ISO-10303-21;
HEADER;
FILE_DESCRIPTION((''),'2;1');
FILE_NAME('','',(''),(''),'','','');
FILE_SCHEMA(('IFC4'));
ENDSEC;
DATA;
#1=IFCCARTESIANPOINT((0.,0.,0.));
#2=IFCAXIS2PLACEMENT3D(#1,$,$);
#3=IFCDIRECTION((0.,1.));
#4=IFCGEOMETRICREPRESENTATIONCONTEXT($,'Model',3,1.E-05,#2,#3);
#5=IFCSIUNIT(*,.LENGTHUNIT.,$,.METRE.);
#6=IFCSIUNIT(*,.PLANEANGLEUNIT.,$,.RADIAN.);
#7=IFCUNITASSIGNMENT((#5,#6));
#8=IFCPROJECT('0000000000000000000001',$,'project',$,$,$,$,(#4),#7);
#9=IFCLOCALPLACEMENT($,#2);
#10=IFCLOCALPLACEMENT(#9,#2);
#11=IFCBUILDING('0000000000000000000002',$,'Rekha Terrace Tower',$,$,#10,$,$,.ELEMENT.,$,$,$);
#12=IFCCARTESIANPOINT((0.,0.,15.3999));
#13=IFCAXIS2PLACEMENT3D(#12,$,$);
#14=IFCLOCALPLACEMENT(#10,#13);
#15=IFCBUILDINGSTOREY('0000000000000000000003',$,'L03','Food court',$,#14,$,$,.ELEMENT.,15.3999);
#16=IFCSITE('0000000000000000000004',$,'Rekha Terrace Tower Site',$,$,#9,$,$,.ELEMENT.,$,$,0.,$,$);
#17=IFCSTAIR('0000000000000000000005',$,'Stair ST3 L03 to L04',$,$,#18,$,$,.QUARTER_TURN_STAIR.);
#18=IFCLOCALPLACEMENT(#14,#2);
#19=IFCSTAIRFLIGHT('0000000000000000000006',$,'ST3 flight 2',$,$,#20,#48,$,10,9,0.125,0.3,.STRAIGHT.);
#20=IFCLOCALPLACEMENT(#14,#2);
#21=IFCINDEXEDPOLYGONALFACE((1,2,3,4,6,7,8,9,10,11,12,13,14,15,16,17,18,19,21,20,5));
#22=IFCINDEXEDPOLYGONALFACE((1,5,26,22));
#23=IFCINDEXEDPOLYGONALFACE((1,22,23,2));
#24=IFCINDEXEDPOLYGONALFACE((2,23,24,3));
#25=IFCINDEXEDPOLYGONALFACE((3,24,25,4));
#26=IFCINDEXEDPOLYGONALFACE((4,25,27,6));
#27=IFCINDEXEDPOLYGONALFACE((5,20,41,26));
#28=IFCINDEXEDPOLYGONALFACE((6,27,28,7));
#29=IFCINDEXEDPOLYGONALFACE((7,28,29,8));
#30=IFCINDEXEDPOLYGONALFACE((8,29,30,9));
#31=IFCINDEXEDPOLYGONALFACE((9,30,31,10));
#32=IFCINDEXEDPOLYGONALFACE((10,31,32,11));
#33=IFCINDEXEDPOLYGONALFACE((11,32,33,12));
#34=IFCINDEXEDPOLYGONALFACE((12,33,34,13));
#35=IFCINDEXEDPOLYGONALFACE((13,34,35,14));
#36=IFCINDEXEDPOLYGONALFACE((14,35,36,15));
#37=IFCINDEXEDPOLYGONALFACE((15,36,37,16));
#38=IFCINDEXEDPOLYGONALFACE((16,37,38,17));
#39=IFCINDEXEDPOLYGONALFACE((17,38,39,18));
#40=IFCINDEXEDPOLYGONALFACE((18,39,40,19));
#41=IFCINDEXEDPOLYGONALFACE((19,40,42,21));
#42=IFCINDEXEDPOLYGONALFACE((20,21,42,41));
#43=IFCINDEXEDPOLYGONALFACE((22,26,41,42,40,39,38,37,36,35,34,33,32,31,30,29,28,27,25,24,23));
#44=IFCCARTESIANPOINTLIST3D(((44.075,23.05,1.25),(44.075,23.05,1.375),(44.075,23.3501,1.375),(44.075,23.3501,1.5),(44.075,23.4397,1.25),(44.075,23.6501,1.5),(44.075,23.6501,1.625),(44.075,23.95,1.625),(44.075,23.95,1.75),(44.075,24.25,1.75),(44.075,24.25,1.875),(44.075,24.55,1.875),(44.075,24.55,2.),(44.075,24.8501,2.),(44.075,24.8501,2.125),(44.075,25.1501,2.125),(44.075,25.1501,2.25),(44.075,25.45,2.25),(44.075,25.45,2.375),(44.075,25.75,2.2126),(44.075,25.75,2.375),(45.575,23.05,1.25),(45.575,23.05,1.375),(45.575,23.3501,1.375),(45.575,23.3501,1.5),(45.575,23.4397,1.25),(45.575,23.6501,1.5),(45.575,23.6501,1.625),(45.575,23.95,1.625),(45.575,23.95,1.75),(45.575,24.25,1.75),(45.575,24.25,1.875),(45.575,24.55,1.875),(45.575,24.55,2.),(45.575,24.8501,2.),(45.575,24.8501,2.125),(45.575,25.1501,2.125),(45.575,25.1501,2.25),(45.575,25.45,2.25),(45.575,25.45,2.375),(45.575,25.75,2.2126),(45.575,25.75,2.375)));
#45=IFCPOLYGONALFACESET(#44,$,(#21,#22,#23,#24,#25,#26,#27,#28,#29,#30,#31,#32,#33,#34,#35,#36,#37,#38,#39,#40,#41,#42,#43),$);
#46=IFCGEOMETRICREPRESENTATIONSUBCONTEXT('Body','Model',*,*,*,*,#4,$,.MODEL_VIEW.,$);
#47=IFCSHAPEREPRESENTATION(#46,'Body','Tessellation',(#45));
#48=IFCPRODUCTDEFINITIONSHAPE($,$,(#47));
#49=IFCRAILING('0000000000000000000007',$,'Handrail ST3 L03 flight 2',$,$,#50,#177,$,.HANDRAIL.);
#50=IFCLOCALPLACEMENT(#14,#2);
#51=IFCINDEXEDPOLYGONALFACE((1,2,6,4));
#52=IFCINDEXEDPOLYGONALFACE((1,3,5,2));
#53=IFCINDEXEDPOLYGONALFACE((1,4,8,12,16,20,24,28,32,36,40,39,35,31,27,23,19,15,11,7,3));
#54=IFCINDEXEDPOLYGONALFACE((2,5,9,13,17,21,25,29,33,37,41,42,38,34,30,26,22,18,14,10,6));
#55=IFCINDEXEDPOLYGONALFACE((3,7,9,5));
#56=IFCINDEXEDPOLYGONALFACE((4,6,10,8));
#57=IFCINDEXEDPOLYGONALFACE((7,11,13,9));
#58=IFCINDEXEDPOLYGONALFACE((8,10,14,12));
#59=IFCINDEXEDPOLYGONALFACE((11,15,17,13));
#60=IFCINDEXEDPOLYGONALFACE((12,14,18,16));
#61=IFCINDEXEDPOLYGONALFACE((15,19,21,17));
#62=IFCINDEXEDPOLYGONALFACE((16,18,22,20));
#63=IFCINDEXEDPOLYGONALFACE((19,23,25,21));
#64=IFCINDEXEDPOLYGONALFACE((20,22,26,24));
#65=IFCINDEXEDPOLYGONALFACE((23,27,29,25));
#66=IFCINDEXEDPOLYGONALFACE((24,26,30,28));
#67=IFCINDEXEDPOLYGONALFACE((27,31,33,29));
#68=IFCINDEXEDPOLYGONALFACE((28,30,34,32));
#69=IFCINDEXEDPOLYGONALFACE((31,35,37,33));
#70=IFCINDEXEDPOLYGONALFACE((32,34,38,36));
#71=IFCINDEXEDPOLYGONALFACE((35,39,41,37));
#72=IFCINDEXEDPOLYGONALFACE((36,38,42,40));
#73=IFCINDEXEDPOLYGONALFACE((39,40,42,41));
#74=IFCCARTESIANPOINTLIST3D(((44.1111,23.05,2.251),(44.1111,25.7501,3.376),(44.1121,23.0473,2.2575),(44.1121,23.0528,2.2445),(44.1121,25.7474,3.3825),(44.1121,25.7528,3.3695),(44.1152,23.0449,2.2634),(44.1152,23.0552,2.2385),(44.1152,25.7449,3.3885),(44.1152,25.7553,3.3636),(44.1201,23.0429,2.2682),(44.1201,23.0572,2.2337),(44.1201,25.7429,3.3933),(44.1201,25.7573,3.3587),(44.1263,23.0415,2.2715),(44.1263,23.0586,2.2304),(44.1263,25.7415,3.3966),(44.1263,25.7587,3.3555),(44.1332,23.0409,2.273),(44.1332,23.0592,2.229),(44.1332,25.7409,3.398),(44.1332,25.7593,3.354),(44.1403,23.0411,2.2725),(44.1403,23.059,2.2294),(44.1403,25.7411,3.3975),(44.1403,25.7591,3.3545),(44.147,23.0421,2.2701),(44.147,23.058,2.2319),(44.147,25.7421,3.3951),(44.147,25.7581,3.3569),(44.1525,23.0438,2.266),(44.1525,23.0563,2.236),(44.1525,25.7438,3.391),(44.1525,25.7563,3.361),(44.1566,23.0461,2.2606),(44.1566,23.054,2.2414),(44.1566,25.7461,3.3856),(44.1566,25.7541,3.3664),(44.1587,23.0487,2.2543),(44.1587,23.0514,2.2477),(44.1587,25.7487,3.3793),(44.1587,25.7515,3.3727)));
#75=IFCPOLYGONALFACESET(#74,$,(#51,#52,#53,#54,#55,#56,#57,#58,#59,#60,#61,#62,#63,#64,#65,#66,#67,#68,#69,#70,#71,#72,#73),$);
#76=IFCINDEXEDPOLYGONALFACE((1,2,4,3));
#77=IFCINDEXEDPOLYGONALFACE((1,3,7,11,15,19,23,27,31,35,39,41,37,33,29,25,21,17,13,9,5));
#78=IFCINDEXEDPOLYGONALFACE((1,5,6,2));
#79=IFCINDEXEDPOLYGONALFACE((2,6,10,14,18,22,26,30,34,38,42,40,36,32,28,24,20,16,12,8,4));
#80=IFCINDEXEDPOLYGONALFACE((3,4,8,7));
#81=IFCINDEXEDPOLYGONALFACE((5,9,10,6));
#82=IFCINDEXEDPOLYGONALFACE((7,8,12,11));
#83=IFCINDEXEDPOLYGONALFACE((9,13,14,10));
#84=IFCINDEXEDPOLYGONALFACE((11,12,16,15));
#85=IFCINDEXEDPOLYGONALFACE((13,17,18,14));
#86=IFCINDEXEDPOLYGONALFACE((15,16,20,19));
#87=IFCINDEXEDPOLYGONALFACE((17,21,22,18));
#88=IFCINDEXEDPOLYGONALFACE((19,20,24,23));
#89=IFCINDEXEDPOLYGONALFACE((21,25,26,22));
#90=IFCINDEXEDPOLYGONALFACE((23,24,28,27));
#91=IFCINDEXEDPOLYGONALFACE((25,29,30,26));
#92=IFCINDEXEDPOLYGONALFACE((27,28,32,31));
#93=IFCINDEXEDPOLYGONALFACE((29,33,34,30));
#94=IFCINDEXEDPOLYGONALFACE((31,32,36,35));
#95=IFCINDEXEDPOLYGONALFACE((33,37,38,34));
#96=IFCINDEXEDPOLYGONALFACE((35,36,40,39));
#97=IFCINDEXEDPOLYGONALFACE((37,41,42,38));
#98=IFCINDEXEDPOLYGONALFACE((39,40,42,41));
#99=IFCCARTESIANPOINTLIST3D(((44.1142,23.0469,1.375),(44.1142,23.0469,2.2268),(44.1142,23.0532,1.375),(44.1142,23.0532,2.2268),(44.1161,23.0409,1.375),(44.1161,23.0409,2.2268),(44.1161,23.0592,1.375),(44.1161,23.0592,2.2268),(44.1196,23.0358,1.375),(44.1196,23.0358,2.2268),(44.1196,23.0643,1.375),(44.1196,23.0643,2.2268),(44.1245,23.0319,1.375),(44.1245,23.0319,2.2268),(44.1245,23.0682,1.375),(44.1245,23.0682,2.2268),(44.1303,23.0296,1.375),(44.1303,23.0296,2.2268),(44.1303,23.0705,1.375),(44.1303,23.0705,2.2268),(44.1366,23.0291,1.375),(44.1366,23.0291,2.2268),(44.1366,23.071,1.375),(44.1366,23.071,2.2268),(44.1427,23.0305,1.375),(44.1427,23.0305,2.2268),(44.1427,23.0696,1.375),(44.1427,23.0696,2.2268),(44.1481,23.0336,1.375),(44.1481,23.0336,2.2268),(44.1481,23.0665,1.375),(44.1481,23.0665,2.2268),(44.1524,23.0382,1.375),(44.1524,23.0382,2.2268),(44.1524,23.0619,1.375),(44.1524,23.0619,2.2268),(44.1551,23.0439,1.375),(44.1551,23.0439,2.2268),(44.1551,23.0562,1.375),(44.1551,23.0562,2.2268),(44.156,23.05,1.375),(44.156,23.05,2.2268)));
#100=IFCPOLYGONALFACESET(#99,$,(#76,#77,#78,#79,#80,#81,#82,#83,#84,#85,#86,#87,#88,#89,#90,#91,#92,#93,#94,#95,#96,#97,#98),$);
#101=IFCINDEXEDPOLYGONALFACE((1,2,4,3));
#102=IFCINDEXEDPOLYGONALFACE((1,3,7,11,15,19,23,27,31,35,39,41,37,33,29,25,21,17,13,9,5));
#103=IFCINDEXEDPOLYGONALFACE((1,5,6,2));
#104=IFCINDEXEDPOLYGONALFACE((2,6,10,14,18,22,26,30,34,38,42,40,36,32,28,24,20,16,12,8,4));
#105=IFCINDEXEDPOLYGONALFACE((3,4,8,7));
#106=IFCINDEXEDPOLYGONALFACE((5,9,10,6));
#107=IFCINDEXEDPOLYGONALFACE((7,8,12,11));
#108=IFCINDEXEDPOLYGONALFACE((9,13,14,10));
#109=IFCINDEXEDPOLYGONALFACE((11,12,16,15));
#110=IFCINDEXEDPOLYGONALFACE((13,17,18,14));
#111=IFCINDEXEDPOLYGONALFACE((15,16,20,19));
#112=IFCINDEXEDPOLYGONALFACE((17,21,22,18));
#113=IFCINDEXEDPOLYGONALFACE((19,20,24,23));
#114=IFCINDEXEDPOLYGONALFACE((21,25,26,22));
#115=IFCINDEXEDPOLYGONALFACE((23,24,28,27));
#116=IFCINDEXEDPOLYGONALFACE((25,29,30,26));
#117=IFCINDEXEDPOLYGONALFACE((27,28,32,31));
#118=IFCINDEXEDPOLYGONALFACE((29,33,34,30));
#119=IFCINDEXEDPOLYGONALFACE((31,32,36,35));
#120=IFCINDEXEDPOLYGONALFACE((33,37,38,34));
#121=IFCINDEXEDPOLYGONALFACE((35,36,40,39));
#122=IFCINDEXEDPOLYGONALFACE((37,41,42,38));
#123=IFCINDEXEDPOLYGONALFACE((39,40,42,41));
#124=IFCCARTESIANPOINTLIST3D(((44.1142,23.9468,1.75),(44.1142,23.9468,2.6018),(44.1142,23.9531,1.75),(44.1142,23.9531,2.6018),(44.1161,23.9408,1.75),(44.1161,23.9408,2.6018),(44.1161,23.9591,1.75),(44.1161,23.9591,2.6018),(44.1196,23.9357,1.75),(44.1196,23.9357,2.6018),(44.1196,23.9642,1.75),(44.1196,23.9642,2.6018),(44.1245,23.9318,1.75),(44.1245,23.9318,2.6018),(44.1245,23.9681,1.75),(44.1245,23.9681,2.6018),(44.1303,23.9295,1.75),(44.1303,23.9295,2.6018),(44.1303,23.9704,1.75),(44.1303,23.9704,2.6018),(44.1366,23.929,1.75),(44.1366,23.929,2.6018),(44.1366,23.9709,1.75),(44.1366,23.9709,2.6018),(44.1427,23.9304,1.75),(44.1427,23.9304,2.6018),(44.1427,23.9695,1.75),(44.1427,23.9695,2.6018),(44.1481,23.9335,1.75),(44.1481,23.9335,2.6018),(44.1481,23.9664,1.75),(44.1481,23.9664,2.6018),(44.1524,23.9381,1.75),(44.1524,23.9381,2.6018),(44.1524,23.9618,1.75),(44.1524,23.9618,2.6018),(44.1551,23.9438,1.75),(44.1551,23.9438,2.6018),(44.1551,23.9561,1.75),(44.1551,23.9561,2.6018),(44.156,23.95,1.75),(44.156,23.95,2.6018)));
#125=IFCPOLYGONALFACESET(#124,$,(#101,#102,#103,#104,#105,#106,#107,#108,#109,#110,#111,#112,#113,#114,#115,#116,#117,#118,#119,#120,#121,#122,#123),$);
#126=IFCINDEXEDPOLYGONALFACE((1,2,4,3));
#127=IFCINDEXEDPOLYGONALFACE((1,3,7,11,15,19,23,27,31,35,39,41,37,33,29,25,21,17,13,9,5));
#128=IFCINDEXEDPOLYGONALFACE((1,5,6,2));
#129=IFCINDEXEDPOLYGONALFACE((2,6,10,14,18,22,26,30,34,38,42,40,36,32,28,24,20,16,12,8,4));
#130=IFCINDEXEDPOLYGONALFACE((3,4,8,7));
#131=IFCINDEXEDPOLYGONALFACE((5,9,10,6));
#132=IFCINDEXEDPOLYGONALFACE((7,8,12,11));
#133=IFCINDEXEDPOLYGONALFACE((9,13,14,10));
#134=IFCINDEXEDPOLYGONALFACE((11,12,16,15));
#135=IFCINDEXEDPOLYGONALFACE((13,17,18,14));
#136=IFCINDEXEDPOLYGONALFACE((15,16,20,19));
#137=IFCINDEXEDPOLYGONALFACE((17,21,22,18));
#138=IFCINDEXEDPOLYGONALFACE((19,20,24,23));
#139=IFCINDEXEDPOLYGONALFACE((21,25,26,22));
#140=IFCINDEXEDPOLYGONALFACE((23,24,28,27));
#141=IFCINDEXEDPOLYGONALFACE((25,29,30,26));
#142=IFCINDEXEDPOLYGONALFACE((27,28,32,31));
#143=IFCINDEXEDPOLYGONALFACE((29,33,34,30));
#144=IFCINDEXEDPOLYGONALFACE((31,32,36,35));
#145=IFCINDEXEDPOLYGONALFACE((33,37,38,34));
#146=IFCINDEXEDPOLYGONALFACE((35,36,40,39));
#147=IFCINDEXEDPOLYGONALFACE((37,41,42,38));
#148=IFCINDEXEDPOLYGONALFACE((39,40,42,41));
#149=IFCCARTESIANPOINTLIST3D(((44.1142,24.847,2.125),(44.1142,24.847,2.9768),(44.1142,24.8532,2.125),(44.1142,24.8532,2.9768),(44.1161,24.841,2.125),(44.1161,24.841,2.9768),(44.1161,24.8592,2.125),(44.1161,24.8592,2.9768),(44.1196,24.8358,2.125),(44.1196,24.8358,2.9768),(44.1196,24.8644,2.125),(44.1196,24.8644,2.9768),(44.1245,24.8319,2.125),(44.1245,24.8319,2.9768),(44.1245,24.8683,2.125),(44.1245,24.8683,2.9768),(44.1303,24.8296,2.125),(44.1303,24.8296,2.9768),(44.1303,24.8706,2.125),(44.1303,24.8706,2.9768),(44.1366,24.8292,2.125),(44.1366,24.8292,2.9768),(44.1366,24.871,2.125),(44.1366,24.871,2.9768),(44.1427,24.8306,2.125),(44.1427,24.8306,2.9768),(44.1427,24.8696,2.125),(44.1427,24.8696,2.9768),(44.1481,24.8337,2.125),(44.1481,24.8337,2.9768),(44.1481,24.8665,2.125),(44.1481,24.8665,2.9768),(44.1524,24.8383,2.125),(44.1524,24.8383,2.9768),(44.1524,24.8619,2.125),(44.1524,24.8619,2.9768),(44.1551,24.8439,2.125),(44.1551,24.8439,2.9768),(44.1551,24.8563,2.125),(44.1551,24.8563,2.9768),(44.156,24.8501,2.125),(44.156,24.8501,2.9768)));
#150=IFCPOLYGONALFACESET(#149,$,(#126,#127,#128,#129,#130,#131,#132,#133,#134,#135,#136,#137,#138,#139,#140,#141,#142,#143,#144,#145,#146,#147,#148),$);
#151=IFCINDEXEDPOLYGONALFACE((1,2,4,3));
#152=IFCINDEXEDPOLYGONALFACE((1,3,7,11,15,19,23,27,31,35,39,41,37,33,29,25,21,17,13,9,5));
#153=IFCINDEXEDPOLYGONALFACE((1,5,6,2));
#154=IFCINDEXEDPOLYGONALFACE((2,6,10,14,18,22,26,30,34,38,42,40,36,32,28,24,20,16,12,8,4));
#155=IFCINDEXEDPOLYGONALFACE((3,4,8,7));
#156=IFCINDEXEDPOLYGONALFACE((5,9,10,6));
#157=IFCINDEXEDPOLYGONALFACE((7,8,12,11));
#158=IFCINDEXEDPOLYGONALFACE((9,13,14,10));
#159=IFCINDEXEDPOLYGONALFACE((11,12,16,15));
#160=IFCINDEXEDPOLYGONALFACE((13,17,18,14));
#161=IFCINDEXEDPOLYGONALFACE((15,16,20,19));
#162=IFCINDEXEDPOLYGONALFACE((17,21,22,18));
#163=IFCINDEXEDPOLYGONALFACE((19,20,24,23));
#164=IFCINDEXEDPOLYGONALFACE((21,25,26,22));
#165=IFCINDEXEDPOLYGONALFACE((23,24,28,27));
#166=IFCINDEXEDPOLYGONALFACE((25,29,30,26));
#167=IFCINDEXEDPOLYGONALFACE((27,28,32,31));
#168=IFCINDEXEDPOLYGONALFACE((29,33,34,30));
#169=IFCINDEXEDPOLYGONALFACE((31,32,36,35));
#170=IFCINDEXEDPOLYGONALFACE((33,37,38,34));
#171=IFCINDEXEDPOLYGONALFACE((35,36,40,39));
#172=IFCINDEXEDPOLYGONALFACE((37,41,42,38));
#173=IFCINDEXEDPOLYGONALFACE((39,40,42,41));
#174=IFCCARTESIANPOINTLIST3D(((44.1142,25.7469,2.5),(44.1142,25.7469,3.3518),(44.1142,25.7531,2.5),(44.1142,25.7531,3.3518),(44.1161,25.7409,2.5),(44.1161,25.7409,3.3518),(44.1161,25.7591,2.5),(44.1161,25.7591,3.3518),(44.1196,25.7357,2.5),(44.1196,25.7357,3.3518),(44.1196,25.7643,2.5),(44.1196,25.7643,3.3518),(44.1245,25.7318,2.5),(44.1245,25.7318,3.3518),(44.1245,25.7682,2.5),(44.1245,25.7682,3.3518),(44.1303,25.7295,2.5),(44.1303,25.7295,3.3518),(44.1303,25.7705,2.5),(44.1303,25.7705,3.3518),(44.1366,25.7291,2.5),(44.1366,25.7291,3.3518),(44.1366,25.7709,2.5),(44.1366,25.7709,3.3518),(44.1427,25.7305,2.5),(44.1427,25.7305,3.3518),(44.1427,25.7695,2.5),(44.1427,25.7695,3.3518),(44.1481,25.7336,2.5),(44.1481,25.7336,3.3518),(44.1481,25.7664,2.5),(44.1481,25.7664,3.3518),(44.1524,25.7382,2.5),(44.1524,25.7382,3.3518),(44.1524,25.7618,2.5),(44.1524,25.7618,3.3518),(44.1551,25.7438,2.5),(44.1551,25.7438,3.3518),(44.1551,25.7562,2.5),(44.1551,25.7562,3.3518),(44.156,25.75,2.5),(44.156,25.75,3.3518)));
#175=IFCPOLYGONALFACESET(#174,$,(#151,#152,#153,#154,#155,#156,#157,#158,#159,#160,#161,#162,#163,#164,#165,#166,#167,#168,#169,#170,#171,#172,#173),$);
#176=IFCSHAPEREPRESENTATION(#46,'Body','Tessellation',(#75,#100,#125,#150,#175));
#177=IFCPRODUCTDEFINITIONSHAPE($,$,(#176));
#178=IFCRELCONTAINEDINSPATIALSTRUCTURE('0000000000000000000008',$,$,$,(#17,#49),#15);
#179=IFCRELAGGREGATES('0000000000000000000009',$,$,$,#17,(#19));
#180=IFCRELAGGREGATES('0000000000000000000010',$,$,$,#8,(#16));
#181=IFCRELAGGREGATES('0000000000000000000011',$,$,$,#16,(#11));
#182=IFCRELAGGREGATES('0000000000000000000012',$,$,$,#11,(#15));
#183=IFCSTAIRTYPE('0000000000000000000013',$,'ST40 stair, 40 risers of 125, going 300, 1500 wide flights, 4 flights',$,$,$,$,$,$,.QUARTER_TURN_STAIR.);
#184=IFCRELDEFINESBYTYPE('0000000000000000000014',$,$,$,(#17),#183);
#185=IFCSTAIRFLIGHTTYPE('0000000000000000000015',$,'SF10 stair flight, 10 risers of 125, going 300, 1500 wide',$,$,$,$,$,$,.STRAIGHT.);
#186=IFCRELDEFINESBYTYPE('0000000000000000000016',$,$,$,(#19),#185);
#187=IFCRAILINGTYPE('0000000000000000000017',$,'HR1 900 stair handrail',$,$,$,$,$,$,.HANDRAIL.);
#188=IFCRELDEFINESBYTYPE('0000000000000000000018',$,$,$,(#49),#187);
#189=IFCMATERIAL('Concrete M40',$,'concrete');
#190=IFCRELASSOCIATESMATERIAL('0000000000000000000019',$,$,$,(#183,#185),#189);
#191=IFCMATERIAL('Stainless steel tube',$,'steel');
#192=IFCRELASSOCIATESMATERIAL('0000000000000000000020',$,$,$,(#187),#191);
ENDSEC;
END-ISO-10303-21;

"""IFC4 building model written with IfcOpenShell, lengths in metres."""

from ifc_helpers import new_model, si_unit, direction, frame, origin, origin_2d, place, context, subcontext, project, spatial, polyline, circle, outline, extrude, material, type_object, element, aggregate, save


model = new_model("IFC4")

# Units and contexts
model_context = context("Model", 3, precision=1e-05, world=origin(), true_north=direction((0.0, 1.0)))
body_context = subcontext(model_context, "Body", "Model", "MODEL_VIEW")
ifc_project = project(units=[si_unit("LENGTHUNIT", "METRE"), si_unit("PLANEANGLEUNIT", "RADIAN")], contexts=[model_context])

# Site, building, storey
site_placement = place(None, origin())
site = spatial("IfcSite", under=ifc_project, at=site_placement, Name="Rekha Terrace Tower Site", CompositionType="ELEMENT", RefElevation=0.0)
building_placement = place(site_placement, origin())
building = spatial("IfcBuilding", under=site, at=building_placement, Name="Rekha Terrace Tower", CompositionType="ELEMENT")
storey_placement = place(building_placement, frame((0.0, 0.0, 15.3999)))
storey = spatial("IfcBuildingStorey", under=building, at=storey_placement, Name="L03", Description="Food court", CompositionType="ELEMENT", Elevation=15.3999)

# Stair, stair flight
ifc_material_1 = material(Name="Concrete M40", Category="concrete")
stair_type = type_object("IfcStairType", Name="ST40 stair, 40 risers of 125, going 300, 1500 wide flights, 4 flights", PredefinedType="QUARTER_TURN_STAIR", material=ifc_material_1)
stair_placement = place(storey_placement, origin())
stair = element("IfcStair", 1, at=stair_placement, inside=storey, type_object=stair_type, Name="Stair ST3 L03 to L04", PredefinedType="QUARTER_TURN_STAIR")
stair_flight_type = type_object("IfcStairFlightType", Name="SF10 stair flight, 10 risers of 125, going 300, 1500 wide", PredefinedType="STRAIGHT", material=ifc_material_1)
stair_flight_placement = place(storey_placement, frame((44.825, 23.05, 1.25), z_axis=(0.0, 0.0, 1.0), x_axis=(0.0, 1.0, 0.0)))
stair_flight = element("IfcStairFlight", 2, at=stair_flight_placement, type_object=stair_flight_type, Name="ST3 flight 2", NumberOfRisers=10, NumberOfTreads=9, PredefinedType="STRAIGHT", RiserHeight=0.125, TreadLength=0.3, context=body_context, shape_type="SweptSolid", body=[
    extrude(outline(polyline([(0.0, 0.0), (0.0, 0.125), (0.3, 0.125), (0.3, 0.25), (0.6001, 0.25), (0.6001, 0.375), (0.8999, 0.375), (0.8999, 0.5), (1.2, 0.5), (1.2, 0.625), (1.5, 0.625), (1.5, 0.75), (1.8, 0.75), (1.8, 0.875), (2.1001, 0.875), (2.1001, 1.0), (2.3999, 1.0), (2.3999, 1.125), (2.7, 1.125), (2.7, 1.25), (2.7, 0.9626), (0.3896, 0.0), (0.0, 0.0)])), frame((0.0, 0.75, 0.0), z_axis=(0.0, -1.0, 0.0), x_axis=(1.0, 0.0, 0.0)), (0.0, 0.0, 1.0), 1.5),
])
aggregate(stair, [stair_flight])

# Railing
ifc_material_2 = material(Name="Stainless steel tube", Category="steel")
railing_type = type_object("IfcRailingType", Name="HR1 900 stair handrail", PredefinedType="HANDRAIL", material=ifc_material_2)
railing_placement = place(storey_placement, frame((44.135, 23.05, 1.375)))
element("IfcRailing", 3, at=railing_placement, inside=storey, type_object=railing_type, Name="Handrail ST3 L03 flight 2", PredefinedType="HANDRAIL", context=body_context, shape_type="SweptSolid", body=[
    extrude(circle(Radius=0.0239, at=origin_2d()), frame((0.0, 0.0, 0.876), z_axis=(0.0, 0.923074, 0.384621), x_axis=(-1.0, 0.0, 0.0)), (0.0, 0.0, 1.0), 2.925),
    extrude(circle(Radius=0.021, at=origin_2d()), origin(), (0.0, 0.0, 1.0), 0.8518),
    extrude(circle(Radius=0.021, at=origin_2d()), frame((0.0, 0.8999, 0.375)), (0.0, 0.0, 1.0), 0.8518),
    extrude(circle(Radius=0.021, at=origin_2d()), frame((0.0, 1.8, 0.75)), (0.0, 0.0, 1.0), 0.8518),
    extrude(circle(Radius=0.021, at=origin_2d()), frame((0.0, 2.7, 1.125)), (0.0, 0.0, 1.0), 0.8518),
])

save(model, "model.ifc")
